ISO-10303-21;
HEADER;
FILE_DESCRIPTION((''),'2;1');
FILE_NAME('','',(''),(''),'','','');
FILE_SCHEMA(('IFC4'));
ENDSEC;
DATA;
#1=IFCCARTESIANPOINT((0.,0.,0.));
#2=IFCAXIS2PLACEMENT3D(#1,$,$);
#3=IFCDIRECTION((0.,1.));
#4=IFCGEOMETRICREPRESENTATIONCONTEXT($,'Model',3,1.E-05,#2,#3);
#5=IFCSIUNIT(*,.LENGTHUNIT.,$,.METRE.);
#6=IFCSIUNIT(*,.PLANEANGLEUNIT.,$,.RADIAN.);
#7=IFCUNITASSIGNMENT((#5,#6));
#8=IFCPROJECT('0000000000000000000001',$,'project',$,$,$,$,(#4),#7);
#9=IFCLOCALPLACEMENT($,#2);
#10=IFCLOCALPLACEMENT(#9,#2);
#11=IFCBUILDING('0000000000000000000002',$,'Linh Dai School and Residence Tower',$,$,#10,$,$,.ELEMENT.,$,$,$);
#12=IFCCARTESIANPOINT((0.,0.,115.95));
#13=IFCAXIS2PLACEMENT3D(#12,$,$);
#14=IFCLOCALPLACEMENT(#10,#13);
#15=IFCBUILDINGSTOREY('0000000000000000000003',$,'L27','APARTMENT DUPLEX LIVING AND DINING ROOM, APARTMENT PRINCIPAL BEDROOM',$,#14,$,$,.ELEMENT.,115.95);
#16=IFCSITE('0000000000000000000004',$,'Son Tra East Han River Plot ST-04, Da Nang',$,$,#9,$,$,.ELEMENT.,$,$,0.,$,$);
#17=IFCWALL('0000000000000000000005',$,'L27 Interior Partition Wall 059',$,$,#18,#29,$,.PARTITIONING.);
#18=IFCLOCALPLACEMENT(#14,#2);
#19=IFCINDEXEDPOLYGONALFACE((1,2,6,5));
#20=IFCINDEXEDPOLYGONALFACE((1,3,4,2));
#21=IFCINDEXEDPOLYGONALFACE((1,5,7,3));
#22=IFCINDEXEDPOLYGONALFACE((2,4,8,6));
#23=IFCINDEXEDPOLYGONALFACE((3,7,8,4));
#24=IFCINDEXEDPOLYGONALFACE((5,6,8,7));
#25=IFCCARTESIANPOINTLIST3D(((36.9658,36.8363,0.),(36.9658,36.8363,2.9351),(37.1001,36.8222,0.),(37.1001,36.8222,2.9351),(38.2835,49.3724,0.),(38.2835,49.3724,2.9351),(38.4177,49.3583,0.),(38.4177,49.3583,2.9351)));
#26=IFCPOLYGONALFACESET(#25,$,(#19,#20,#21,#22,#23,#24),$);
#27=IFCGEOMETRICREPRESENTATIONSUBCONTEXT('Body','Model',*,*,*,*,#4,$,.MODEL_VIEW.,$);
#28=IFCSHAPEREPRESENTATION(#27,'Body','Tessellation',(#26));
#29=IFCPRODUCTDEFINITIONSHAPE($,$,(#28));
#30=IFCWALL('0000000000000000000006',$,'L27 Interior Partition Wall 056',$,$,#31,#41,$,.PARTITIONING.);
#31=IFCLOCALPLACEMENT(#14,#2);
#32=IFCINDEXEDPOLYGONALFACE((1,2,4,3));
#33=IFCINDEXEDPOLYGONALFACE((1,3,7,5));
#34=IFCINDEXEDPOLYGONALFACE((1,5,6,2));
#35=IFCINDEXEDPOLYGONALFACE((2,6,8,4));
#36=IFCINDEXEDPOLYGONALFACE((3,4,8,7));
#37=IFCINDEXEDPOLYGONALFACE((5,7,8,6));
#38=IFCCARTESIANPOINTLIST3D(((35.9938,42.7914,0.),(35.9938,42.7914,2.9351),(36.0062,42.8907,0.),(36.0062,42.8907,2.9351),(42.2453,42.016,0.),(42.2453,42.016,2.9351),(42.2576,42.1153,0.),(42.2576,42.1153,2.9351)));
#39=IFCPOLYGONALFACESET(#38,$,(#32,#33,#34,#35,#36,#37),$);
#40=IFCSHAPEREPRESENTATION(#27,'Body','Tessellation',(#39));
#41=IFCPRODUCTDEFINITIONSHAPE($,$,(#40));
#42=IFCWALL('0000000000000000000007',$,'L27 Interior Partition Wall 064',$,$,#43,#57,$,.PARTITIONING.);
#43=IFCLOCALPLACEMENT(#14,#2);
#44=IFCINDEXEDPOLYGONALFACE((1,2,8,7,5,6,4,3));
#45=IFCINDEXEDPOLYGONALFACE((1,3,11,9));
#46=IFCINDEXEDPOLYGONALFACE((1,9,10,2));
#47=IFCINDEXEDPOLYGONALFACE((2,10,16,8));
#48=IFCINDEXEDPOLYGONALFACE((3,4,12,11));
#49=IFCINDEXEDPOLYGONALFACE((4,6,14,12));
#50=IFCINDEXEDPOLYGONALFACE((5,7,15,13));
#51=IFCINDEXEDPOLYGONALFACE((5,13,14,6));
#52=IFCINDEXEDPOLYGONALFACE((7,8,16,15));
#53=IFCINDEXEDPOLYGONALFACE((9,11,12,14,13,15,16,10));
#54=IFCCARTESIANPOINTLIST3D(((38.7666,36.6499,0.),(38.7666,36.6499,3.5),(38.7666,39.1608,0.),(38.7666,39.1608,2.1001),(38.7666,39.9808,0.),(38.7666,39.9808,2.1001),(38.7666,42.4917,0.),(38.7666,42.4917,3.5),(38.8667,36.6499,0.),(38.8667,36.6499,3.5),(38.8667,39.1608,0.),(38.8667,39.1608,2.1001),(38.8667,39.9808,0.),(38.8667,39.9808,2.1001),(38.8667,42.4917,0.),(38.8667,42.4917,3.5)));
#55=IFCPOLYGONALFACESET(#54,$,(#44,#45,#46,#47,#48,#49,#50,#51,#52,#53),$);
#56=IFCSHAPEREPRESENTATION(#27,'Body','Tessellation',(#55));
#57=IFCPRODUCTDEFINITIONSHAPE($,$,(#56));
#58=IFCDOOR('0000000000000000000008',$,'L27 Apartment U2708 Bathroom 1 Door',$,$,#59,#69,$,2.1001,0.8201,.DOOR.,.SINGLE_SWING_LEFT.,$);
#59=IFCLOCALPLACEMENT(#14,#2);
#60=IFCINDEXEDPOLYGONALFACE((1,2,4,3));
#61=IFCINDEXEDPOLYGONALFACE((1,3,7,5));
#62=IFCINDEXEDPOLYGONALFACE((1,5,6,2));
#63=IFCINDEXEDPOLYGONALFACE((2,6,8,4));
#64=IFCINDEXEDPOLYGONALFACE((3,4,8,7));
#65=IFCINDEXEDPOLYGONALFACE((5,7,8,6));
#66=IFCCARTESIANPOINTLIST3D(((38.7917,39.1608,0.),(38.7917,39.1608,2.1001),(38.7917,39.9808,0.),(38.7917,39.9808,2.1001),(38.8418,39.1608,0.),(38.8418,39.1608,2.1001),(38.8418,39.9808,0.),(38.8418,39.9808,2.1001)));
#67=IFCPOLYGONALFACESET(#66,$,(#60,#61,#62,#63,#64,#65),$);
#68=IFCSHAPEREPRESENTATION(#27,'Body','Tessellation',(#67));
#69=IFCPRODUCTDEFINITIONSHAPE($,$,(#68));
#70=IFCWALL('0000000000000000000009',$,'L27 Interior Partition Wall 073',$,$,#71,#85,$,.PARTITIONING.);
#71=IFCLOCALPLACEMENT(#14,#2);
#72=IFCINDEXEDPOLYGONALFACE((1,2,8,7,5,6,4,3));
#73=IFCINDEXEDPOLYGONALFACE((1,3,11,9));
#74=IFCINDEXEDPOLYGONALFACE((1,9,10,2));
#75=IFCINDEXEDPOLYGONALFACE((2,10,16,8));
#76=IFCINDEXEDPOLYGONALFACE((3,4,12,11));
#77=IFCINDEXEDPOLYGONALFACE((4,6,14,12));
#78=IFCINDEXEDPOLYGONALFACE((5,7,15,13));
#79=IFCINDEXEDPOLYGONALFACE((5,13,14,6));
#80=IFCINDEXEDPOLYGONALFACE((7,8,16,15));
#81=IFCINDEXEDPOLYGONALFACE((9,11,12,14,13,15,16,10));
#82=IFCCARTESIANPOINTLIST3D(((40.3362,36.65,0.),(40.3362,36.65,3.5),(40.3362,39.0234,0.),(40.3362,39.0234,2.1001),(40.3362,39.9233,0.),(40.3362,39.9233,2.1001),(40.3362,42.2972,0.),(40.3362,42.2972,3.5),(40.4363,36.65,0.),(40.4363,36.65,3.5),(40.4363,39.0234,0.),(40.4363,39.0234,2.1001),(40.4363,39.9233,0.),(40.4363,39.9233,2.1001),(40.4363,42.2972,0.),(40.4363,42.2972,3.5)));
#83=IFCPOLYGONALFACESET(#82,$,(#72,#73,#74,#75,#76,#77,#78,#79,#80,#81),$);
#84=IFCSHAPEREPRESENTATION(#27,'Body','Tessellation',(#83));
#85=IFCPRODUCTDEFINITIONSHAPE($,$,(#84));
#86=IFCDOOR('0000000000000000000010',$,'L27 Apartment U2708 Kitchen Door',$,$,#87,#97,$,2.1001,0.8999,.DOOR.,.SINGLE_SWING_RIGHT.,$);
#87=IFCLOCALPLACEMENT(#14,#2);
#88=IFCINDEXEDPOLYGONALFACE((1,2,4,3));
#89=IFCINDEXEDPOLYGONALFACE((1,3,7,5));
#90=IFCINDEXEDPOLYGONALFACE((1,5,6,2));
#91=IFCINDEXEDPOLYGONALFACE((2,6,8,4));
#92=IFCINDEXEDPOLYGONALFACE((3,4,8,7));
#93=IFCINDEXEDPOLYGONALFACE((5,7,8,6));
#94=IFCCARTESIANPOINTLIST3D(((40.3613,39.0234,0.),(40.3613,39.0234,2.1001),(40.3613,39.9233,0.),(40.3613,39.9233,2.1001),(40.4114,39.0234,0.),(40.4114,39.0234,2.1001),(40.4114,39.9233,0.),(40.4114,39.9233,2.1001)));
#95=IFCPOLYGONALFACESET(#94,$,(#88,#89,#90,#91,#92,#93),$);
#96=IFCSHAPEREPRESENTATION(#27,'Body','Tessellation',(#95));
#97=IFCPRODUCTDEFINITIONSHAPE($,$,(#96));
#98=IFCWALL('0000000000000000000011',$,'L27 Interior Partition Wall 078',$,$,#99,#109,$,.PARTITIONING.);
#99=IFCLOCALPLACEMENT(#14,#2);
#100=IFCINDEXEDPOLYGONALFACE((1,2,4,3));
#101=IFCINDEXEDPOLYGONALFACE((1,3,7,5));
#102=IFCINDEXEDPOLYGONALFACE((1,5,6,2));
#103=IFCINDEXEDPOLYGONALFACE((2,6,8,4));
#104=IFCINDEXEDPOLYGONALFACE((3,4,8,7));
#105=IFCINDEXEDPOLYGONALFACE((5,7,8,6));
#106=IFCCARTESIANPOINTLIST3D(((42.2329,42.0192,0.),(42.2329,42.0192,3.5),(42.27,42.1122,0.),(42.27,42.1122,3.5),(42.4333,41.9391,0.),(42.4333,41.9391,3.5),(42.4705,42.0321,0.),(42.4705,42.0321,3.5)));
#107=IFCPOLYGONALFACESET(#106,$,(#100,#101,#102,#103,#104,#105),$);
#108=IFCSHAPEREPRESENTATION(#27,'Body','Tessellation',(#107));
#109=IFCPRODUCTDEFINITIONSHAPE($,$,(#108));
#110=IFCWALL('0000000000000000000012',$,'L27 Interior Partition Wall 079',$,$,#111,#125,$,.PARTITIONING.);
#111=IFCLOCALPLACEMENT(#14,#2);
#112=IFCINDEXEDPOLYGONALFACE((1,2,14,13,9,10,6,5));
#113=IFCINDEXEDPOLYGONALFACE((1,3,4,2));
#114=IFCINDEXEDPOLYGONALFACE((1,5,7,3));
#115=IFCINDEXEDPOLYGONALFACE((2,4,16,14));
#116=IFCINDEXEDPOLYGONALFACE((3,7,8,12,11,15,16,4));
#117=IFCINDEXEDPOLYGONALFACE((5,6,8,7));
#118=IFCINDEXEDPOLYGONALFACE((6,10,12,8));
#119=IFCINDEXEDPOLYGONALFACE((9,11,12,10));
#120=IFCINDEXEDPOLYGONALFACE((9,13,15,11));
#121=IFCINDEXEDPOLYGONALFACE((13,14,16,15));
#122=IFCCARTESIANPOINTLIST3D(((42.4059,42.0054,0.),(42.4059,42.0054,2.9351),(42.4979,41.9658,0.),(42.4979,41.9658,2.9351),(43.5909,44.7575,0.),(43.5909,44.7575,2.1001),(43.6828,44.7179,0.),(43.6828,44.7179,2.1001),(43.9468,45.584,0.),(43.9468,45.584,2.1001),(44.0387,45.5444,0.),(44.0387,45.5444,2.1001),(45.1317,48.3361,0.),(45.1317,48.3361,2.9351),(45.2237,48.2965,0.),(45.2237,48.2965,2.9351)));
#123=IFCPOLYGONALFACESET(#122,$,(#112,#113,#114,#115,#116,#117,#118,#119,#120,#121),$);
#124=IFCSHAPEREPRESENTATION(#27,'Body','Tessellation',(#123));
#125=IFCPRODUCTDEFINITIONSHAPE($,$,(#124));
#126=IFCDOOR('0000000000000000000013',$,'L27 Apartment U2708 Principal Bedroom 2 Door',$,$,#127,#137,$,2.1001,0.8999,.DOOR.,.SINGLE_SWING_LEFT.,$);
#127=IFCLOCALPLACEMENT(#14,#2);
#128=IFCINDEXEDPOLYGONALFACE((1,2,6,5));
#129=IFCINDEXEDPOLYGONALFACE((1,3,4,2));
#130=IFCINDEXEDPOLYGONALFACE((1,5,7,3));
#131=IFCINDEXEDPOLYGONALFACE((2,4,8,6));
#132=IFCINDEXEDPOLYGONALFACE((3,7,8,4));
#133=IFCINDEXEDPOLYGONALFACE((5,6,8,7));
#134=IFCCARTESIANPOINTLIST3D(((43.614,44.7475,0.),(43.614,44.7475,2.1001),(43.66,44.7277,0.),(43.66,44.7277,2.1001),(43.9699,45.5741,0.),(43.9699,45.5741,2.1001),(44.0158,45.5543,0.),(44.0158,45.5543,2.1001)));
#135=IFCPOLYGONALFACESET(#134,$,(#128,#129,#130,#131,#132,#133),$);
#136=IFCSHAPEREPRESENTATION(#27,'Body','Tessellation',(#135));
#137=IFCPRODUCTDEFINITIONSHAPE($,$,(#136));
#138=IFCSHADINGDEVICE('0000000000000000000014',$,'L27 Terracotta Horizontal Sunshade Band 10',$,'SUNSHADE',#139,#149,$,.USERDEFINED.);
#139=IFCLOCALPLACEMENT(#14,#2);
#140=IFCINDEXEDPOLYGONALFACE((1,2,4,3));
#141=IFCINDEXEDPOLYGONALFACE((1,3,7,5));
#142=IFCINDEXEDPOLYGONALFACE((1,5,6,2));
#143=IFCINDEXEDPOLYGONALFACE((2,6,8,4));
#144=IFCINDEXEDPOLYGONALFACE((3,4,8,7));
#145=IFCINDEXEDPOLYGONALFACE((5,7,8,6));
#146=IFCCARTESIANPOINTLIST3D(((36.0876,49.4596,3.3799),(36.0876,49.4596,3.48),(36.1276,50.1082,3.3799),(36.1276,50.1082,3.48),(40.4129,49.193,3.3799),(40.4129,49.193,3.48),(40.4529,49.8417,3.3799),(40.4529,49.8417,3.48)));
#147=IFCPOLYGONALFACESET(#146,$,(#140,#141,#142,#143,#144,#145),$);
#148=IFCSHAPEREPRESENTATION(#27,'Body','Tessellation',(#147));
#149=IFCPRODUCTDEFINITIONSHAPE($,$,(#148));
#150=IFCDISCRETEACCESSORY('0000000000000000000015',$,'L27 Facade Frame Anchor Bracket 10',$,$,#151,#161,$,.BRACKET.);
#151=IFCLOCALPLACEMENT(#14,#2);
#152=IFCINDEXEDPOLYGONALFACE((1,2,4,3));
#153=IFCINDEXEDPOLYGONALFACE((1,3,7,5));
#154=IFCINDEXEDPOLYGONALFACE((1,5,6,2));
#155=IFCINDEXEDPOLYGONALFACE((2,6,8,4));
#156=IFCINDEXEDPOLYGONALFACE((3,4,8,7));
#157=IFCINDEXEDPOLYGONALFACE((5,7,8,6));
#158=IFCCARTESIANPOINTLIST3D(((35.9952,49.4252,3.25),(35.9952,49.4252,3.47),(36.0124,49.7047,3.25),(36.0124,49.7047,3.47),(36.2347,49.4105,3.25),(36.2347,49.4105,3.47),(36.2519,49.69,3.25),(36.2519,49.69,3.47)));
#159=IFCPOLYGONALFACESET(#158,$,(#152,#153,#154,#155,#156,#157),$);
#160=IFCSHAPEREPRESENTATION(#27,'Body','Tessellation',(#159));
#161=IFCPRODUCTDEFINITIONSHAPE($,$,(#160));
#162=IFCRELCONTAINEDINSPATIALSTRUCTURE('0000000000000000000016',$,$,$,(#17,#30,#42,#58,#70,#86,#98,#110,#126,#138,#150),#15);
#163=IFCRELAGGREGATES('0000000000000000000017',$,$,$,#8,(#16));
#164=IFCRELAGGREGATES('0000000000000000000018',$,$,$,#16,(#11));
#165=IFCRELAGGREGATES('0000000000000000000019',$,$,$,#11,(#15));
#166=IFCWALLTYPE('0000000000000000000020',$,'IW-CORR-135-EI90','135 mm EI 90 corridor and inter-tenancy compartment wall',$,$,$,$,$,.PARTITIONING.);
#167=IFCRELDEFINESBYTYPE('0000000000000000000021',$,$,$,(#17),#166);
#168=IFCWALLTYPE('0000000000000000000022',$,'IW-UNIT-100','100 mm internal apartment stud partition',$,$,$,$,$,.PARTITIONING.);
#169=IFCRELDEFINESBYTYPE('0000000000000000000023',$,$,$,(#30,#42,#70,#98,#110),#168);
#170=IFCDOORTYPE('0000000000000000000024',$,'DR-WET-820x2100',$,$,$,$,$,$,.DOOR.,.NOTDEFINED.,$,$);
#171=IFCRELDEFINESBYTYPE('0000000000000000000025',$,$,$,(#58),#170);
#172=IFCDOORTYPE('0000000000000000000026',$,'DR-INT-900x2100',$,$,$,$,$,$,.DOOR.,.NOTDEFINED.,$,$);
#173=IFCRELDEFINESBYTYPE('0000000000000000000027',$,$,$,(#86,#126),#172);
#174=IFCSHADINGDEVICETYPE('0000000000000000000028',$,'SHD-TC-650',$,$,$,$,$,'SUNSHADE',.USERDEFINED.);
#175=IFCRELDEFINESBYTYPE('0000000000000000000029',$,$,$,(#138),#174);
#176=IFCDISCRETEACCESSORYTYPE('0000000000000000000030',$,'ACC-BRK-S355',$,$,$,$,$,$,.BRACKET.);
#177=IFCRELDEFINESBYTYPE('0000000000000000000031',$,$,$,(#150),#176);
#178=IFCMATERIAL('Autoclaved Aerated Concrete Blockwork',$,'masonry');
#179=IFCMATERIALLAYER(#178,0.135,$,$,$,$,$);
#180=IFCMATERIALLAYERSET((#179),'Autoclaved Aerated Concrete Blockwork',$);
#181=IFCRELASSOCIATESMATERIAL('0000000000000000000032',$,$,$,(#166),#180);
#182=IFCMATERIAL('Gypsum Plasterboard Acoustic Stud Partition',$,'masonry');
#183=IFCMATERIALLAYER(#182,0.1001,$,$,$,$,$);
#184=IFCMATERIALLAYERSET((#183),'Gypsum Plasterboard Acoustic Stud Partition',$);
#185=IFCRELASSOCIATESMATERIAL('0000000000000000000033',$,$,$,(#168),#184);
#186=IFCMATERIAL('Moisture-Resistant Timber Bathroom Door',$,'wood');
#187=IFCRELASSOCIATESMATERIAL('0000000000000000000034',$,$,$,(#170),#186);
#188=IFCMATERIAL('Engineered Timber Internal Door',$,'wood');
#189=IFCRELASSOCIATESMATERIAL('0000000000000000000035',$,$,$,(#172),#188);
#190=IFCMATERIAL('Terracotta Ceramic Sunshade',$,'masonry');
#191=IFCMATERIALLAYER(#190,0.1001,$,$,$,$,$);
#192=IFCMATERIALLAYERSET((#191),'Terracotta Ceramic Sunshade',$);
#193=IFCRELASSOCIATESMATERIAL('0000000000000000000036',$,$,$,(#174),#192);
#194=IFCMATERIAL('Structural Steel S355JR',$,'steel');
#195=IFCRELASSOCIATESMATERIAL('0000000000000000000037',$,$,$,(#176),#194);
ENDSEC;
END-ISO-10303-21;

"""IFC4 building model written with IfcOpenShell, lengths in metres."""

from ifc_helpers import new_model, si_unit, direction, frame, frame_2d, origin, origin_2d, place, context, subcontext, project, spatial, rectangle, extrude, source, transform, mapped, material, layer, layer_set, type_object, element, fill, save


model = new_model("IFC4")

# Units and contexts
model_context = context("Model", 3, precision=1e-05, world=origin(), true_north=direction((0.0, 1.0)))
body_context = subcontext(model_context, "Body", "Model", "MODEL_VIEW")
ifc_project = project(units=[si_unit("LENGTHUNIT", "METRE"), si_unit("PLANEANGLEUNIT", "RADIAN")], contexts=[model_context])

# Site, building, storey
site_placement = place(None, origin())
site = spatial("IfcSite", under=ifc_project, at=site_placement, Name="Son Tra East Han River Plot ST-04, Da Nang", CompositionType="ELEMENT", RefElevation=0.0)
building_placement = place(site_placement, origin())
building = spatial("IfcBuilding", under=site, at=building_placement, Name="Linh Dai School and Residence Tower", CompositionType="ELEMENT")
storey_placement = place(building_placement, frame((0.0, 0.0, 115.95)))
storey = spatial("IfcBuildingStorey", under=building, at=storey_placement, Name="L27", Description="APARTMENT DUPLEX LIVING AND DINING ROOM, APARTMENT PRINCIPAL BEDROOM", CompositionType="ELEMENT", Elevation=115.95)

# Shared definitions
ifc_material_1 = material(Name="Structural Steel S355JR", Category="steel")

# Walls
ifc_material_2 = material(Name="Autoclaved Aerated Concrete Blockwork", Category="masonry")
ifc_layer_1 = layer(ifc_material_2, 0.135)
ifc_layer_set_1 = layer_set([ifc_layer_1], Name="Autoclaved Aerated Concrete Blockwork")
wall_type_1 = type_object("IfcWallType", Name="IW-CORR-135-EI90", Description="135 mm EI 90 corridor and inter-tenancy compartment wall", PredefinedType="PARTITIONING", material=ifc_layer_set_1)
wall_1_placement = place(storey_placement, frame((37.033, 36.8291, 0.0), z_axis=(0.0, 0.0, 1.0), x_axis=(0.104531, 0.994522, 0.0)))
element("IfcWall", 1, at=wall_1_placement, inside=storey, type_object=wall_type_1, Name="L27 Interior Partition Wall 059", PredefinedType="PARTITIONING", context=body_context, shape_type="SweptSolid", body=[
    extrude(rectangle(XDim=12.6052, YDim=0.135, at=frame_2d((6.3027, 0.0))), origin(), (0.0, 0.0, 1.0), 2.9351),
])
ifc_material_3 = material(Name="Gypsum Plasterboard Acoustic Stud Partition", Category="masonry")
ifc_layer_2 = layer(ifc_material_3, 0.1001)
ifc_layer_set_2 = layer_set([ifc_layer_2], Name="Gypsum Plasterboard Acoustic Stud Partition")
wall_type_2 = type_object("IfcWallType", Name="IW-UNIT-100", Description="100 mm internal apartment stud partition", PredefinedType="PARTITIONING", material=ifc_layer_set_2)
wall_2_placement = place(storey_placement, frame((36.0, 42.8411, 0.0), z_axis=(0.0, 0.0, 1.0), x_axis=(0.992395, -0.12309, 0.0)))
element("IfcWall", 2, at=wall_2_placement, inside=storey, type_object=wall_type_2, Name="L27 Interior Partition Wall 056", PredefinedType="PARTITIONING", context=body_context, shape_type="SweptSolid", body=[
    extrude(rectangle(XDim=6.2993, YDim=0.1001, at=frame_2d((3.1497, 0.0))), origin(), (0.0, 0.0, 1.0), 2.9351),
])

# Walls, openings, doors
wall_3_placement = place(storey_placement, frame((38.8167, 36.6499, 0.0), z_axis=(0.0, 0.0, 1.0), x_axis=(0.0, 1.0, 0.0)))
wall_3 = element("IfcWall", 3, at=wall_3_placement, inside=storey, type_object=wall_type_2, Name="L27 Interior Partition Wall 064", PredefinedType="PARTITIONING", context=body_context, shape_type="SweptSolid", body=[
    extrude(rectangle(XDim=5.8418, YDim=0.1001, at=frame_2d((2.9209, 0.0))), origin(), (0.0, 0.0, 1.0), 3.5),
])
opening_1_placement = place(wall_3_placement, frame((2.5107, 0.0, 0.0)))
opening_1 = element("IfcOpeningElement", 4, at=opening_1_placement, cuts=wall_3, PredefinedType="OPENING", context=body_context, shape_type="SweptSolid", body=[
    extrude(rectangle(XDim=0.8201, YDim=2.1001, at=origin_2d()), frame((0.4102, 0.0601, 1.05), z_axis=(0.0, -1.0, 0.0), x_axis=(1.0, 0.0, 0.0)), (0.0, 0.0, 1.0), 0.1201),
])
ifc_material_4 = material(Name="Moisture-Resistant Timber Bathroom Door", Category="wood")
door_type_1 = type_object("IfcDoorType", Name="DR-WET-820x2100", OperationType="NOTDEFINED", PredefinedType="DOOR", material=ifc_material_4)
shared_shape_1 = source(origin(), body_context, "Body", "SweptSolid", [
    extrude(rectangle(XDim=0.8201, YDim=2.1001, at=origin_2d()), frame((0.4102, 0.0249, 1.05), z_axis=(0.0, -1.0, 0.0), x_axis=(1.0, 0.0, 0.0)), (0.0, 0.0, 1.0), 0.05),
])
door_1_placement = place(opening_1_placement, origin())
door_1 = element("IfcDoor", 5, at=door_1_placement, inside=storey, type_object=door_type_1, Name="L27 Apartment U2708 Bathroom 1 Door", OperationType="SINGLE_SWING_LEFT", OverallHeight=2.1001, OverallWidth=0.8201, PredefinedType="DOOR", context=body_context, shape_type="MappedRepresentation", body=[
    mapped(shared_shape_1, transform((0.0, 0.0, 0.0), x_axis=(1.0, 0.0, 0.0), y_axis=(0.0, 1.0, 0.0), z_axis=(0.0, 0.0, 1.0), scale=1.0)),
])
fill(opening_1, door_1)
wall_4_placement = place(storey_placement, frame((40.3862, 36.6499, 0.0), z_axis=(0.0, 0.0, 1.0), x_axis=(0.0, 1.0, 0.0)))
wall_4 = element("IfcWall", 6, at=wall_4_placement, inside=storey, type_object=wall_type_2, Name="L27 Interior Partition Wall 073", PredefinedType="PARTITIONING", context=body_context, shape_type="SweptSolid", body=[
    extrude(rectangle(XDim=5.6472, YDim=0.1001, at=frame_2d((2.8237, 0.0))), origin(), (0.0, 0.0, 1.0), 3.5),
])
opening_2_placement = place(wall_4_placement, frame((2.3735, 0.0, 0.0)))
opening_2 = element("IfcOpeningElement", 7, at=opening_2_placement, cuts=wall_4, PredefinedType="OPENING", context=body_context, shape_type="SweptSolid", body=[
    extrude(rectangle(XDim=0.8999, YDim=2.1001, at=origin_2d()), frame((0.45, 0.0601, 1.05), z_axis=(0.0, -1.0, 0.0), x_axis=(1.0, 0.0, 0.0)), (0.0, 0.0, 1.0), 0.1201),
])
ifc_material_5 = material(Name="Engineered Timber Internal Door", Category="wood")
door_type_2 = type_object("IfcDoorType", Name="DR-INT-900x2100", OperationType="NOTDEFINED", PredefinedType="DOOR", material=ifc_material_5)
shared_shape_2 = source(origin(), body_context, "Body", "SweptSolid", [
    extrude(rectangle(XDim=0.8999, YDim=2.1001, at=origin_2d()), frame((0.45, 0.0249, 1.05), z_axis=(0.0, -1.0, 0.0), x_axis=(1.0, 0.0, 0.0)), (0.0, 0.0, 1.0), 0.05),
])
door_2_placement = place(opening_2_placement, origin())
door_2 = element("IfcDoor", 8, at=door_2_placement, inside=storey, type_object=door_type_2, Name="L27 Apartment U2708 Kitchen Door", OperationType="SINGLE_SWING_RIGHT", OverallHeight=2.1001, OverallWidth=0.8999, PredefinedType="DOOR", context=body_context, shape_type="MappedRepresentation", body=[
    mapped(shared_shape_2, transform((0.0, 0.0, 0.0), x_axis=(1.0, 0.0, 0.0), y_axis=(0.0, 1.0, 0.0), z_axis=(0.0, 0.0, 1.0), scale=1.0)),
])
fill(opening_2, door_2)

# Wall
wall_5_placement = place(storey_placement, frame((42.2515, 42.0657, 0.0), z_axis=(0.0, 0.0, 1.0), x_axis=(0.928633, -0.371001, 0.0)))
element("IfcWall", 9, at=wall_5_placement, inside=storey, type_object=wall_type_2, Name="L27 Interior Partition Wall 078", PredefinedType="PARTITIONING", context=body_context, shape_type="SweptSolid", body=[
    extrude(rectangle(XDim=0.2158, YDim=0.1001, at=frame_2d((0.1079, 0.0))), origin(), (0.0, 0.0, 1.0), 3.5),
])

# Wall, opening, door
wall_6_placement = place(storey_placement, frame((42.4519, 41.9856, 0.0), z_axis=(0.0, 0.0, 1.0), x_axis=(0.395466, 0.918481, 0.0)))
wall_6 = element("IfcWall", 10, at=wall_6_placement, inside=storey, type_object=wall_type_2, Name="L27 Interior Partition Wall 079", PredefinedType="PARTITIONING", context=body_context, shape_type="SweptSolid", body=[
    extrude(rectangle(XDim=6.8926, YDim=0.1001, at=frame_2d((3.4463, 0.0))), origin(), (0.0, 0.0, 1.0), 2.9351),
])
opening_3_placement = place(wall_6_placement, frame((2.9963, 0.0, 0.0)))
opening_3 = element("IfcOpeningElement", 11, at=opening_3_placement, cuts=wall_6, PredefinedType="OPENING", context=body_context, shape_type="SweptSolid", body=[
    extrude(rectangle(XDim=0.8999, YDim=2.1001, at=origin_2d()), frame((0.45, 0.0601, 1.05), z_axis=(0.0, -1.0, 0.0), x_axis=(1.0, 0.0, 0.0)), (0.0, 0.0, 1.0), 0.1201),
])
door_3_placement = place(opening_3_placement, origin())
door_3 = element("IfcDoor", 12, at=door_3_placement, inside=storey, type_object=door_type_2, Name="L27 Apartment U2708 Principal Bedroom 2 Door", OperationType="SINGLE_SWING_LEFT", OverallHeight=2.1001, OverallWidth=0.8999, PredefinedType="DOOR", context=body_context, shape_type="MappedRepresentation", body=[
    mapped(shared_shape_2, transform((0.0, 0.0, 0.0), x_axis=(1.0, 0.0, 0.0), y_axis=(0.0, 1.0, 0.0), z_axis=(0.0, 0.0, 1.0), scale=1.0)),
])
fill(opening_3, door_3)

# Shading device
ifc_material_6 = material(Name="Terracotta Ceramic Sunshade", Category="masonry")
ifc_layer_3 = layer(ifc_material_6, 0.1001)
ifc_layer_set_3 = layer_set([ifc_layer_3], Name="Terracotta Ceramic Sunshade")
shading_device_type = type_object("IfcShadingDeviceType", Name="SHD-TC-650", ElementType="SUNSHADE", PredefinedType="USERDEFINED", material=ifc_layer_set_3)
shared_shape_3 = source(origin(), body_context, "Body", "SweptSolid", [
    extrude(rectangle(XDim=4.3335, YDim=0.6499, at=origin_2d()), origin(), (0.0, 0.0, 1.0), 0.1001),
])
shading_device_placement = place(storey_placement, frame((38.2703, 49.6506, 3.3799), z_axis=(0.0, 0.0, 1.0), x_axis=(0.998107, -0.061509, 0.0)))
element("IfcShadingDevice", 13, at=shading_device_placement, inside=storey, type_object=shading_device_type, Name="L27 Terracotta Horizontal Sunshade Band 10", ObjectType="SUNSHADE", PredefinedType="USERDEFINED", context=body_context, shape_type="MappedRepresentation", body=[
    mapped(shared_shape_3, transform((0.0, 0.0, 0.0), x_axis=(1.0, 0.0, 0.0), y_axis=(0.0, 1.0, 0.0), z_axis=(0.0, 0.0, 1.0), scale=1.0)),
])

# Discrete accessory
discrete_accessory_type = type_object("IfcDiscreteAccessoryType", Name="ACC-BRK-S355", PredefinedType="BRACKET", material=ifc_material_1)
shared_shape_4 = source(origin(), body_context, "Body", "SweptSolid", [
    extrude(rectangle(XDim=0.28, YDim=0.24, at=origin_2d()), origin(), (0.0, 0.0, 1.0), 0.22),
])
discrete_accessory_placement = place(storey_placement, frame((36.1235, 49.5576, 3.25), z_axis=(0.0, 0.0, 1.0), x_axis=(0.061509, 0.998107, 0.0)))
element("IfcDiscreteAccessory", 14, at=discrete_accessory_placement, inside=storey, type_object=discrete_accessory_type, Name="L27 Facade Frame Anchor Bracket 10", PredefinedType="BRACKET", context=body_context, shape_type="MappedRepresentation", body=[
    mapped(shared_shape_4, transform((0.0, 0.0, 0.0), x_axis=(1.0, 0.0, 0.0), y_axis=(0.0, 1.0, 0.0), z_axis=(0.0, 0.0, 1.0), scale=1.0)),
])

save(model, "model.ifc")
